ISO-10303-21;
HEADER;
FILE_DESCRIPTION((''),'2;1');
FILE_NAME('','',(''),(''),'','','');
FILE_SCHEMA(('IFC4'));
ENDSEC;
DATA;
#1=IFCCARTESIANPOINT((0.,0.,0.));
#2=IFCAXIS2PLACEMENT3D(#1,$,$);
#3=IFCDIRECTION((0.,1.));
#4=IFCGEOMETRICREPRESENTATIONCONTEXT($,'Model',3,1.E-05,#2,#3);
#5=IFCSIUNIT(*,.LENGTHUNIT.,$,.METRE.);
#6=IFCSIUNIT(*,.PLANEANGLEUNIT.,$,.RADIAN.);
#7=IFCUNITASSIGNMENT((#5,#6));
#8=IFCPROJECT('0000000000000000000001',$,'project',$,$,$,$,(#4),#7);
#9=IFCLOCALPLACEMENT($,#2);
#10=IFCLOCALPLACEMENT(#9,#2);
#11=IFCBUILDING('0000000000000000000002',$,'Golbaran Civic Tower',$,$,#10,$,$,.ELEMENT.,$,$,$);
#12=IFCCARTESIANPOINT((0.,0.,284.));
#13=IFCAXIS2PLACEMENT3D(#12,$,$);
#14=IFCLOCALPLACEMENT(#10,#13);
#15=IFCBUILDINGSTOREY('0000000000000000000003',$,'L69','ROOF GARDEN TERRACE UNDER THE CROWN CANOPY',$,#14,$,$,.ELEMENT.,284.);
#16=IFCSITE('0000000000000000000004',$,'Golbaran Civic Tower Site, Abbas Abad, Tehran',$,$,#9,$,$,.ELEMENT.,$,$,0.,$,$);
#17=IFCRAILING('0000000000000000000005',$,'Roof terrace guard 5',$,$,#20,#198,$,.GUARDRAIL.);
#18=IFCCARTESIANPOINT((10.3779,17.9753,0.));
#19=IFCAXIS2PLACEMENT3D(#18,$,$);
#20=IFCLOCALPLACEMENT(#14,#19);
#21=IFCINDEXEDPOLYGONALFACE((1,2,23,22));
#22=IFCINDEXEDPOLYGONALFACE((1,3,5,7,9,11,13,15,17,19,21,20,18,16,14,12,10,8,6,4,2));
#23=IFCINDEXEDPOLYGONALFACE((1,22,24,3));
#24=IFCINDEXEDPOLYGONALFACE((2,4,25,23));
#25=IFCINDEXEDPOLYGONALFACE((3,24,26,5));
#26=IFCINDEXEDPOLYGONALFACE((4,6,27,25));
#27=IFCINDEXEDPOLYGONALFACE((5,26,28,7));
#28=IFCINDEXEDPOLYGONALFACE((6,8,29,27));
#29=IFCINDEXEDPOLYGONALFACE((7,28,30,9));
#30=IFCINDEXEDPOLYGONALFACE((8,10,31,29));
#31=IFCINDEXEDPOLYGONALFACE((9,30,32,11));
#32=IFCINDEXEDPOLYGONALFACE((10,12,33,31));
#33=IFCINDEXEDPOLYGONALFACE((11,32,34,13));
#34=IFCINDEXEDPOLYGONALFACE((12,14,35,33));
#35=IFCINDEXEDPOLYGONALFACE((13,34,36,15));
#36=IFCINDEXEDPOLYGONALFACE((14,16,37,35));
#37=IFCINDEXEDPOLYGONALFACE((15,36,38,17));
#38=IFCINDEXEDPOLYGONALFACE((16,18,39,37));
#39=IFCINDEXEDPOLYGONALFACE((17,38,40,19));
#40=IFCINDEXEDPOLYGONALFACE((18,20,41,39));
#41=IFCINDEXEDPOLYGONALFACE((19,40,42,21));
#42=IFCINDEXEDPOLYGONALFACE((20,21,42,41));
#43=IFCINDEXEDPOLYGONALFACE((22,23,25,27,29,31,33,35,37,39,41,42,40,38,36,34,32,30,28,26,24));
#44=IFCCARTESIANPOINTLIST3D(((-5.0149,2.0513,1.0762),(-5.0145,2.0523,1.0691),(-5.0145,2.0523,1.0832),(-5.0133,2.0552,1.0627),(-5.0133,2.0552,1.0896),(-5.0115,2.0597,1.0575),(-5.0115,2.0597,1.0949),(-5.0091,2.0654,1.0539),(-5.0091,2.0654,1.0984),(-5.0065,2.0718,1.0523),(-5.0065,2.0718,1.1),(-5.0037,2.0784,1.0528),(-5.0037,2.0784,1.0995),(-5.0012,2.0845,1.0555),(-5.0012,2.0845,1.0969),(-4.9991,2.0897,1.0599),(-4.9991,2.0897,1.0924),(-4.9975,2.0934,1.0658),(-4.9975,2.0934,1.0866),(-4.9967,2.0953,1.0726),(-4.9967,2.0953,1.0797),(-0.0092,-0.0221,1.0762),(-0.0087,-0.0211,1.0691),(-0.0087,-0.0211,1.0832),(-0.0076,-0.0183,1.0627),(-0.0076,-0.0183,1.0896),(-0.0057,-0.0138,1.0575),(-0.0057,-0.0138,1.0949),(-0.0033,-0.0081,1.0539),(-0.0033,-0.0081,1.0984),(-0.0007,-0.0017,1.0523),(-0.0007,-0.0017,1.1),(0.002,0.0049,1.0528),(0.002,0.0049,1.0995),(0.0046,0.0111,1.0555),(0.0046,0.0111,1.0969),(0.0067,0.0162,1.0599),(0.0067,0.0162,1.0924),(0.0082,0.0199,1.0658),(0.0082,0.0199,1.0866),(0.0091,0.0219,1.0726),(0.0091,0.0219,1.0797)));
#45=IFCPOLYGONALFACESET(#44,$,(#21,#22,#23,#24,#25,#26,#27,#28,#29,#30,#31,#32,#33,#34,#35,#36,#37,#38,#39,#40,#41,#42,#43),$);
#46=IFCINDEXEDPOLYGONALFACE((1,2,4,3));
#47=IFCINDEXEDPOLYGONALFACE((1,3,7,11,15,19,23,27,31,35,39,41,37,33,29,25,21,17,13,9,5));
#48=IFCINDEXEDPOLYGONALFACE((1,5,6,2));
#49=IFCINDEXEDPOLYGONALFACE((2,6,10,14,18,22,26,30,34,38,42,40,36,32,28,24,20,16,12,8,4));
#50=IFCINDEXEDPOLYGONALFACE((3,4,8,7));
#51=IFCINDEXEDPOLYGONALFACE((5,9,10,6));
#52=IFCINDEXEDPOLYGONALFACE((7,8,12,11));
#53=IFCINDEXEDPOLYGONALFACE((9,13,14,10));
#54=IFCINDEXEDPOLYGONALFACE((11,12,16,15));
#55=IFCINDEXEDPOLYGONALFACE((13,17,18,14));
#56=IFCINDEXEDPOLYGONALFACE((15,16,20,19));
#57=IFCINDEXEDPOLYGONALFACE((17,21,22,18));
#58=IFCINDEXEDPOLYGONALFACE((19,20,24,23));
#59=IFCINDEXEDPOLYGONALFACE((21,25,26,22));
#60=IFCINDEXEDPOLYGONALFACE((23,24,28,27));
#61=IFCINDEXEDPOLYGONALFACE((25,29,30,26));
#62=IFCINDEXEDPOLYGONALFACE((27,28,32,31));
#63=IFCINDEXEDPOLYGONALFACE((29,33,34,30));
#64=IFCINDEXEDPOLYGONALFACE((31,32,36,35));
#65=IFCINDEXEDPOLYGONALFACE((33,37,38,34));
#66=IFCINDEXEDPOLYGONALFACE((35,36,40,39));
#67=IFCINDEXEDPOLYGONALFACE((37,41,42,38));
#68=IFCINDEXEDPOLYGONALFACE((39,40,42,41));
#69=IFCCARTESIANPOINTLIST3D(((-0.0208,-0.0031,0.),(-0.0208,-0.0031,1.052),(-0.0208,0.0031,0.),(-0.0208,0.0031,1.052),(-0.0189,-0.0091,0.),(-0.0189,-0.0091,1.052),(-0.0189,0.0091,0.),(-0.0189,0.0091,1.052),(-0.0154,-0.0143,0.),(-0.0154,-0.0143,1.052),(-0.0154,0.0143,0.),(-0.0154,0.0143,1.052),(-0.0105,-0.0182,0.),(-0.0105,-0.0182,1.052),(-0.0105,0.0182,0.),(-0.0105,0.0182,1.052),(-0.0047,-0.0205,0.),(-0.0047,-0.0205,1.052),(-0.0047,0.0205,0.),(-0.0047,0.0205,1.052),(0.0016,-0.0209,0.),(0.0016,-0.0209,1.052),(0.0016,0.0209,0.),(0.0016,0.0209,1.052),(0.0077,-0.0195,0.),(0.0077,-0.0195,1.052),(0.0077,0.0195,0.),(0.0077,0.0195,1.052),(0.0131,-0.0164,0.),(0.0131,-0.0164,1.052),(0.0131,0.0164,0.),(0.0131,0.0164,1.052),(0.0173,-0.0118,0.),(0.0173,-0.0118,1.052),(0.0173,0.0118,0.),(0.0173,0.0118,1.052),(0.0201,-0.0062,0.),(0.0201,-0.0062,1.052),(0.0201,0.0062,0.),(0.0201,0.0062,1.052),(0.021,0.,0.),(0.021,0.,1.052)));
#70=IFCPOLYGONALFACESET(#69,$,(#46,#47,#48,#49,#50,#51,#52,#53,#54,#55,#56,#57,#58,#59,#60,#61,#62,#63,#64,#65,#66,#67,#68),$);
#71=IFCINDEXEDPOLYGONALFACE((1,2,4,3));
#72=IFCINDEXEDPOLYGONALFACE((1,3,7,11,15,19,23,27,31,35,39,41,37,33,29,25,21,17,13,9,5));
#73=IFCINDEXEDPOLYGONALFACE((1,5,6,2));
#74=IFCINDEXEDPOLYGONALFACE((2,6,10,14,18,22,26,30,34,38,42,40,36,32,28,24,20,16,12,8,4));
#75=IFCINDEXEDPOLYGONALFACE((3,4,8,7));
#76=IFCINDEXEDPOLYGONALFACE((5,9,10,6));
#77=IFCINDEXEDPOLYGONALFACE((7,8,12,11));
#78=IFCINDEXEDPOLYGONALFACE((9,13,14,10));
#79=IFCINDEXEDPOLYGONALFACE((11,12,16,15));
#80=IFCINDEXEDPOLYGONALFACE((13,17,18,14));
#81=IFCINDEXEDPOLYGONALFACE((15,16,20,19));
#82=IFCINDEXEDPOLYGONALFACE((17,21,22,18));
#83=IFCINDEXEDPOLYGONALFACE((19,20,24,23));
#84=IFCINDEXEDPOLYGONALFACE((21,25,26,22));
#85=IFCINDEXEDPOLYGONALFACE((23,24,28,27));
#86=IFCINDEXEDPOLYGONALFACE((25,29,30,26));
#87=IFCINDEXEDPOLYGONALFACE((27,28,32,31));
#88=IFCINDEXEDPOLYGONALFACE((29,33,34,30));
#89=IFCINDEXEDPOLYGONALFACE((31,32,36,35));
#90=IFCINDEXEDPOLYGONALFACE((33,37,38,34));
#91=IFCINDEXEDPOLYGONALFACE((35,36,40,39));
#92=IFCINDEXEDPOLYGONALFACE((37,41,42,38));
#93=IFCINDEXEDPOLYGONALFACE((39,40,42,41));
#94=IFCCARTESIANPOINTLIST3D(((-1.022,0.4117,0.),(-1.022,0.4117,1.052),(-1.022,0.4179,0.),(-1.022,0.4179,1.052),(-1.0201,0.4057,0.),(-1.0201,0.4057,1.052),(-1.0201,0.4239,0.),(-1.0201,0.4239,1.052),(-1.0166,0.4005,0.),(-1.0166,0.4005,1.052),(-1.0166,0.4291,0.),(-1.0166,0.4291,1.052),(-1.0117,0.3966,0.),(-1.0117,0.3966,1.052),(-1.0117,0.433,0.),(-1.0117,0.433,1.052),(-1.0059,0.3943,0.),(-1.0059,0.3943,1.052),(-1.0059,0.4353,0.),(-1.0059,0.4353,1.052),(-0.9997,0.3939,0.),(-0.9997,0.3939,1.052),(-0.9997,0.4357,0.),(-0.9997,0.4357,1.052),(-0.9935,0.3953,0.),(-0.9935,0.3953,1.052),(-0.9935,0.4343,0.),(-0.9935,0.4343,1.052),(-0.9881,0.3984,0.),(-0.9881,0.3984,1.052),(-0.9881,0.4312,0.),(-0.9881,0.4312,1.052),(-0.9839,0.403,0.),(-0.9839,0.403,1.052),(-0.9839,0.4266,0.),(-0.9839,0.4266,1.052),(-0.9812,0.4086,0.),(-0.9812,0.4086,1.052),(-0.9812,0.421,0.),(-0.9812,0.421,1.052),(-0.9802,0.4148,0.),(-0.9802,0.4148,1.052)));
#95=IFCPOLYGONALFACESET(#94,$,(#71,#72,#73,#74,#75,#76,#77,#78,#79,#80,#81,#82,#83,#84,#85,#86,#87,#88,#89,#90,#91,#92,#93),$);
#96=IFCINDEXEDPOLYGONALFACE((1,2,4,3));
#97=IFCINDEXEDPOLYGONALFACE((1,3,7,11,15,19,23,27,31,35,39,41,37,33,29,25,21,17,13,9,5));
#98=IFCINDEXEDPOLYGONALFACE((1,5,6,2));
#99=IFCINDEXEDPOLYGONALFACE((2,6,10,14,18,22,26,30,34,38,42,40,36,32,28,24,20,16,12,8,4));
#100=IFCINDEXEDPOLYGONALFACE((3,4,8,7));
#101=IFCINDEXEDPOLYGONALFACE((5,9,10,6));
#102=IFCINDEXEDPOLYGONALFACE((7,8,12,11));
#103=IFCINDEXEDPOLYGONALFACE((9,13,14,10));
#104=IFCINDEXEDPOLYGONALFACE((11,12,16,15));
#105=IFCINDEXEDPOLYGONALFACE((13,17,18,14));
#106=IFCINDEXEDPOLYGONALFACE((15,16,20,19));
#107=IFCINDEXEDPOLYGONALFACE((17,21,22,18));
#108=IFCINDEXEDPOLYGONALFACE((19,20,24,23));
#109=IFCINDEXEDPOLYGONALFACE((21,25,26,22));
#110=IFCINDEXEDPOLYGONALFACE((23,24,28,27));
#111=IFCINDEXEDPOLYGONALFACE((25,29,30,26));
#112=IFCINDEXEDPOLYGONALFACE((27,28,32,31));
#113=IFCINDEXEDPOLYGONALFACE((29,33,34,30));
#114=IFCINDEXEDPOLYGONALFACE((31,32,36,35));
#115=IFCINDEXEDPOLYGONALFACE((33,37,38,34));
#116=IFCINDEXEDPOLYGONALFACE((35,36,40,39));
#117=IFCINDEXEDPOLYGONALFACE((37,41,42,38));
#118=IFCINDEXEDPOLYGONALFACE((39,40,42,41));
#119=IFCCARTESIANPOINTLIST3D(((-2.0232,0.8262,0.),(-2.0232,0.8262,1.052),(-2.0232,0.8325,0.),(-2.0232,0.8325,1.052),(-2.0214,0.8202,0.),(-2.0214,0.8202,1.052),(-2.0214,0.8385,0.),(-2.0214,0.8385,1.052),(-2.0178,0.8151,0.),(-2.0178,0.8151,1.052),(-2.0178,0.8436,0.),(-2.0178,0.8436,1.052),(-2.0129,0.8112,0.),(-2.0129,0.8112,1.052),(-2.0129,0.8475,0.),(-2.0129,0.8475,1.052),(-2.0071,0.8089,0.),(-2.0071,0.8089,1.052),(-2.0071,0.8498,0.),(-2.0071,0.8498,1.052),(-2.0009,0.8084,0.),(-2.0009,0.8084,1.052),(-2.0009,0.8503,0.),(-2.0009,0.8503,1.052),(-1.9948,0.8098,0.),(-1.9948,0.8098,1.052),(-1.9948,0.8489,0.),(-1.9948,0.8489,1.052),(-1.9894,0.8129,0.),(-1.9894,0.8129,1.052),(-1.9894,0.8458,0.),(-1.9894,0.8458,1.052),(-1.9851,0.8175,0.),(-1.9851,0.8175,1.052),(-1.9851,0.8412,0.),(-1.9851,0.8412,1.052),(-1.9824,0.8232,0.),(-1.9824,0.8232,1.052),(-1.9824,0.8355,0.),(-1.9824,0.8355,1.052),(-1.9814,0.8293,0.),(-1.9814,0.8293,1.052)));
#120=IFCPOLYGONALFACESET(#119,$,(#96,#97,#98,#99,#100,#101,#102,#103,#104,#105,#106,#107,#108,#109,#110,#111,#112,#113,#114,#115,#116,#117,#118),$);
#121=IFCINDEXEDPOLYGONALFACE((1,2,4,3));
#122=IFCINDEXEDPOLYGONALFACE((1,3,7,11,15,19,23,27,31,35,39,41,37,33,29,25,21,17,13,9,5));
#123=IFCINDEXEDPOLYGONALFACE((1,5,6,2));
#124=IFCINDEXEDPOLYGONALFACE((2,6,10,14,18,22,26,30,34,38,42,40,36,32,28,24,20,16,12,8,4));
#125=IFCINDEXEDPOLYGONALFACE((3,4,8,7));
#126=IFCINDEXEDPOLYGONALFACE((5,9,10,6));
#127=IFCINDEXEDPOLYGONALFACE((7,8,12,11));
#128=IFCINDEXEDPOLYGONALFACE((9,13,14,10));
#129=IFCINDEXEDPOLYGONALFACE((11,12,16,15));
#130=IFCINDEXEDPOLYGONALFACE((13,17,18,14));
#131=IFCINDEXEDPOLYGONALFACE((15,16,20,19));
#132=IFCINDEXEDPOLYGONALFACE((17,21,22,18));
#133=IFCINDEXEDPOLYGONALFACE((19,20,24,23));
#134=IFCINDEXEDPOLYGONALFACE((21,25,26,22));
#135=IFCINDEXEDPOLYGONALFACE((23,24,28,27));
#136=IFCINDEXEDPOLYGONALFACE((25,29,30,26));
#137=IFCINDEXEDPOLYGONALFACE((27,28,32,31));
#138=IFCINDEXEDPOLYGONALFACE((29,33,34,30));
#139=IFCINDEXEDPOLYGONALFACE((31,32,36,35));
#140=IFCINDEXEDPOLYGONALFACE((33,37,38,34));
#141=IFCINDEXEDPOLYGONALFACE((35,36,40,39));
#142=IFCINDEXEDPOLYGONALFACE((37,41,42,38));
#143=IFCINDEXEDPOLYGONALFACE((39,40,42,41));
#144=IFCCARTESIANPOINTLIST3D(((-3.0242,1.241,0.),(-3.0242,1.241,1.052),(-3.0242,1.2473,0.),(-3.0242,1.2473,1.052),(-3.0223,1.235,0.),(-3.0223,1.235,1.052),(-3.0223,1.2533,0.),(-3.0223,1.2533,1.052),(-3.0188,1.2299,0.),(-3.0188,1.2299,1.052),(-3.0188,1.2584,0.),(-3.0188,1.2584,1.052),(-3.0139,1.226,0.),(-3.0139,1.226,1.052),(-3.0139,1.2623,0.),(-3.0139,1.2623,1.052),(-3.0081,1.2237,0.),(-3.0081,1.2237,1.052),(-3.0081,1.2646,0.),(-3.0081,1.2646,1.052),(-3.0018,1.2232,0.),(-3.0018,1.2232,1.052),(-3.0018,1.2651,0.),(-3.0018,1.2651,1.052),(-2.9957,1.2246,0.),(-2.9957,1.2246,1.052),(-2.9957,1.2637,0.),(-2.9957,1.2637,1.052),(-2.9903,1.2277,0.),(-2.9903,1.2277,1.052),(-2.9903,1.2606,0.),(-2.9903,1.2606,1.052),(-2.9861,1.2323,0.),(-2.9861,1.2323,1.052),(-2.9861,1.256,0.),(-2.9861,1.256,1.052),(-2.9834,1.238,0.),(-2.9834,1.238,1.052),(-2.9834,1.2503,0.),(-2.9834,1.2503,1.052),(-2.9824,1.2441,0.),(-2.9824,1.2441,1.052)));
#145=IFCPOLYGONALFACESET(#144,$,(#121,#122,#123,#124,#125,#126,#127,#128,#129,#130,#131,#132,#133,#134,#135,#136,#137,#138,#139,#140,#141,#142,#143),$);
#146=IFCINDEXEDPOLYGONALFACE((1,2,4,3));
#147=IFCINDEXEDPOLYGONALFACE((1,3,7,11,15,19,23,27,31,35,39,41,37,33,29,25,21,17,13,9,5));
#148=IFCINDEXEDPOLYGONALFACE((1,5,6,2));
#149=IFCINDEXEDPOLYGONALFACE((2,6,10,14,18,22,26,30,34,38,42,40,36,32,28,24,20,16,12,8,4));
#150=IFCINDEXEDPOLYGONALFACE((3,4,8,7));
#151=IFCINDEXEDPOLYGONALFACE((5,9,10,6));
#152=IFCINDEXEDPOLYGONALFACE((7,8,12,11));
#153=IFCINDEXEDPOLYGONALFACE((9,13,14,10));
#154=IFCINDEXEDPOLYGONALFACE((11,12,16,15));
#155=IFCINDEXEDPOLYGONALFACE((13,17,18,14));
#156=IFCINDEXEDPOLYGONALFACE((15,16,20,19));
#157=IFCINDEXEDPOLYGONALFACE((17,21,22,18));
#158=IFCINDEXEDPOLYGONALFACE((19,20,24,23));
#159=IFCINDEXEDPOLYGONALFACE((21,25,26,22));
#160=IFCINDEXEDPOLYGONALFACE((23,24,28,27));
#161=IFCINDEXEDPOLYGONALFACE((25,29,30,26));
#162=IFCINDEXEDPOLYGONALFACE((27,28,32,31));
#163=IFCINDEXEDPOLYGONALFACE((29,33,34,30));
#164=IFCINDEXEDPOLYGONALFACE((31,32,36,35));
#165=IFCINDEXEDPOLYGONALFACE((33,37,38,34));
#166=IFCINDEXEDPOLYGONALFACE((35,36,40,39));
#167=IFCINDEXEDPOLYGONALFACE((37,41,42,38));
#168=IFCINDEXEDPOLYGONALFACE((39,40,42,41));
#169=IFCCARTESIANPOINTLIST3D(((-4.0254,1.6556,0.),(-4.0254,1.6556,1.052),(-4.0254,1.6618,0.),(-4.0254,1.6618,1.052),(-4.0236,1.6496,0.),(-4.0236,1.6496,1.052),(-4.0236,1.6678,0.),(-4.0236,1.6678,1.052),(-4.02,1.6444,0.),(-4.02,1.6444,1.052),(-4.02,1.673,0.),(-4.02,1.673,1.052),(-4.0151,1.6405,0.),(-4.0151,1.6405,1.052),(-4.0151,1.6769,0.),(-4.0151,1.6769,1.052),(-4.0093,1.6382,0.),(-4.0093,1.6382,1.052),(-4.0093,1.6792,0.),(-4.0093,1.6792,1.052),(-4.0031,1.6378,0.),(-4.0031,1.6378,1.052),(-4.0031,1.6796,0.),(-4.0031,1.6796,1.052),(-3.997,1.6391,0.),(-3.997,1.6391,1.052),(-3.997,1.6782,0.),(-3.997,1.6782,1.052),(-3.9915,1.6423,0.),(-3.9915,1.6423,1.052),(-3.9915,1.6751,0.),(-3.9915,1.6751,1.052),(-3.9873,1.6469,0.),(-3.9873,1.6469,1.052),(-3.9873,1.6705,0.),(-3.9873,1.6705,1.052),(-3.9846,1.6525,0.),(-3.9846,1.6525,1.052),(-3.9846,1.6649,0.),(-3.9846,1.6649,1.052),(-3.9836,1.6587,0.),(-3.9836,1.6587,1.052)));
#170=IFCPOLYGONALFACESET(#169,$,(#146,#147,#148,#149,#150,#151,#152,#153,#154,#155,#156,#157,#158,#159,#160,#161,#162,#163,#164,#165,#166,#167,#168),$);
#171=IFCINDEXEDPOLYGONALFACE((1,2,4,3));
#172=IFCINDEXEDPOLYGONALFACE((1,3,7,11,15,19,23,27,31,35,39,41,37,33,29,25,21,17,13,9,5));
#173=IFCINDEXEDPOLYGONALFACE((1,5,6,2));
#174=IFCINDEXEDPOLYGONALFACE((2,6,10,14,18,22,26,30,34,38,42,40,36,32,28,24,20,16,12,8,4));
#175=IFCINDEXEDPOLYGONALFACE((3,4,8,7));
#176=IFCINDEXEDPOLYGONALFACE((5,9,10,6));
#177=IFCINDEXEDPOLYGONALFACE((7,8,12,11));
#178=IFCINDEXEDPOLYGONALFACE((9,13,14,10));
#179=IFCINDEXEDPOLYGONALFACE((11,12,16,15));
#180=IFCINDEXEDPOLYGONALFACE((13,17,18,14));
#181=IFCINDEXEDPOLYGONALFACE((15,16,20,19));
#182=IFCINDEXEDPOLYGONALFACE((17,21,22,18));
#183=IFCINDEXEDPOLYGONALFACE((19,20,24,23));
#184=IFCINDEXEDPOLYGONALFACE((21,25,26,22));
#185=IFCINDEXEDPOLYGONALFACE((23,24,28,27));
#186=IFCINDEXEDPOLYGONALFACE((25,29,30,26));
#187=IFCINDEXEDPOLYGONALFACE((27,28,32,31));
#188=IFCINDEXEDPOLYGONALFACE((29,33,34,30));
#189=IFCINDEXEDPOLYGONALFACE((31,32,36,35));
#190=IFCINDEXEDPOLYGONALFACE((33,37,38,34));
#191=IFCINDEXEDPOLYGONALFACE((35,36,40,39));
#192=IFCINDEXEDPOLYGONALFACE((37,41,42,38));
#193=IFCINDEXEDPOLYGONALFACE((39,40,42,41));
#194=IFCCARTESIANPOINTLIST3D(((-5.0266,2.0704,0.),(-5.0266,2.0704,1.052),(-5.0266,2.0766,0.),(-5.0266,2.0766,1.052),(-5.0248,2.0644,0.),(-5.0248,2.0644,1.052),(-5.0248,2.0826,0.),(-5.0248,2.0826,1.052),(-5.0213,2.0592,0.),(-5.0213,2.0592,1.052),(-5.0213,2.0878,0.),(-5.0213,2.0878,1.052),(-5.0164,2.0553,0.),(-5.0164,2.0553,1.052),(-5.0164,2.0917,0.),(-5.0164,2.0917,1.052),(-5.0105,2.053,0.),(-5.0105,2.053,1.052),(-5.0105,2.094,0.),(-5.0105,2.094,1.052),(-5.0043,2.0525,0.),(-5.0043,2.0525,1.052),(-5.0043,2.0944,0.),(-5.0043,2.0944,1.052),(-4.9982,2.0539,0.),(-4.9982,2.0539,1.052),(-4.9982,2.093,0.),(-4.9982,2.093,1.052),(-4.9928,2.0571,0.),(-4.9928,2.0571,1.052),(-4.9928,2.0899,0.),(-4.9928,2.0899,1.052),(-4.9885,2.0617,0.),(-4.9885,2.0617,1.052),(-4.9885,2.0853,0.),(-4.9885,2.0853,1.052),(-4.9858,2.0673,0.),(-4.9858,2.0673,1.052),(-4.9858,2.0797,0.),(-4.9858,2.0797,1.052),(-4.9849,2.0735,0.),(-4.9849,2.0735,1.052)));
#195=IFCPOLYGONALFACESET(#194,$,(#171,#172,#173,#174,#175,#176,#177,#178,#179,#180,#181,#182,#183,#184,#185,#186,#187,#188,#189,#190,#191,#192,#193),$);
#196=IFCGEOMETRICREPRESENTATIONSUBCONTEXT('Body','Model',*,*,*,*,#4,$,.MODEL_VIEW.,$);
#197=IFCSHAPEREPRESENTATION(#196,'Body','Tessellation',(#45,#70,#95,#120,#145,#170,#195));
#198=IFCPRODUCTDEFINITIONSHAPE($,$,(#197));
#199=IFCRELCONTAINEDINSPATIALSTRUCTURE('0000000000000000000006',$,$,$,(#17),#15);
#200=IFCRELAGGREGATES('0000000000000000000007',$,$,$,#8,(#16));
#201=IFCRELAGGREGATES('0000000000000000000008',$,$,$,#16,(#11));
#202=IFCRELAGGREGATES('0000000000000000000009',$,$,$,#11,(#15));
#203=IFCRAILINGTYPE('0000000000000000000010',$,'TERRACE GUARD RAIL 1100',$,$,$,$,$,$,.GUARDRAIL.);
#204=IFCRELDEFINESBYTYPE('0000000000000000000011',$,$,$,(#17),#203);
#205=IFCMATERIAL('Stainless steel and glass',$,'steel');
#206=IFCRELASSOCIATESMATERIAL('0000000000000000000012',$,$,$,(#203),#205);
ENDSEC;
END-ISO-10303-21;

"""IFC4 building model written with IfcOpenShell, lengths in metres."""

from ifc_helpers import new_model, si_unit, direction, frame, origin, origin_2d, place, context, subcontext, project, spatial, circle, extrude, material, type_object, element, save


model = new_model("IFC4")

# Units and contexts
model_context = context("Model", 3, precision=1e-05, world=origin(), true_north=direction((0.0, 1.0)))
body_context = subcontext(model_context, "Body", "Model", "MODEL_VIEW")
ifc_project = project(units=[si_unit("LENGTHUNIT", "METRE"), si_unit("PLANEANGLEUNIT", "RADIAN")], contexts=[model_context])

# Site, building, storey
site_placement = place(None, origin())
site = spatial("IfcSite", under=ifc_project, at=site_placement, Name="Golbaran Civic Tower Site, Abbas Abad, Tehran", CompositionType="ELEMENT", RefElevation=0.0)
building_placement = place(site_placement, origin())
building = spatial("IfcBuilding", under=site, at=building_placement, Name="Golbaran Civic Tower", CompositionType="ELEMENT")
storey_placement = place(building_placement, frame((0.0, 0.0, 284.0)))
storey = spatial("IfcBuildingStorey", under=building, at=storey_placement, Name="L69", Description="ROOF GARDEN TERRACE UNDER THE CROWN CANOPY", CompositionType="ELEMENT", Elevation=284.0)

# Railing
ifc_material_1 = material(Name="Stainless steel and glass", Category="steel")
railing_type = type_object("IfcRailingType", Name="TERRACE GUARD RAIL 1100", PredefinedType="GUARDRAIL", material=ifc_material_1)
railing_1_placement = place(storey_placement, frame((10.3779, 17.9753, 0.0)))
element("IfcRailing", 1, at=railing_1_placement, inside=storey, type_object=railing_type, Name="Roof terrace guard 5", PredefinedType="GUARDRAIL", context=body_context, shape_type="SweptSolid", body=[
    extrude(circle(Radius=0.0239, at=origin_2d()), frame((0.0, 0.0, 1.0762), z_axis=(-0.92388, 0.382682, 0.0), x_axis=(-0.382682, -0.92388, 0.0)), (0.0, 0.0, 1.0), 5.4182),
    extrude(circle(Radius=0.021, at=origin_2d()), origin(), (0.0, 0.0, 1.0), 1.052),
    extrude(circle(Radius=0.021, at=origin_2d()), frame((-1.0012, 0.4148, 0.0)), (0.0, 0.0, 1.0), 1.052),
    extrude(circle(Radius=0.021, at=origin_2d()), frame((-2.0024, 0.8293, 0.0)), (0.0, 0.0, 1.0), 1.052),
    extrude(circle(Radius=0.021, at=origin_2d()), frame((-3.0034, 1.2441, 0.0)), (0.0, 0.0, 1.0), 1.052),
    extrude(circle(Radius=0.021, at=origin_2d()), frame((-4.0046, 1.6587, 0.0)), (0.0, 0.0, 1.0), 1.052),
    extrude(circle(Radius=0.021, at=origin_2d()), frame((-5.0059, 2.0735, 0.0)), (0.0, 0.0, 1.0), 1.052),
])

save(model, "model.ifc")
